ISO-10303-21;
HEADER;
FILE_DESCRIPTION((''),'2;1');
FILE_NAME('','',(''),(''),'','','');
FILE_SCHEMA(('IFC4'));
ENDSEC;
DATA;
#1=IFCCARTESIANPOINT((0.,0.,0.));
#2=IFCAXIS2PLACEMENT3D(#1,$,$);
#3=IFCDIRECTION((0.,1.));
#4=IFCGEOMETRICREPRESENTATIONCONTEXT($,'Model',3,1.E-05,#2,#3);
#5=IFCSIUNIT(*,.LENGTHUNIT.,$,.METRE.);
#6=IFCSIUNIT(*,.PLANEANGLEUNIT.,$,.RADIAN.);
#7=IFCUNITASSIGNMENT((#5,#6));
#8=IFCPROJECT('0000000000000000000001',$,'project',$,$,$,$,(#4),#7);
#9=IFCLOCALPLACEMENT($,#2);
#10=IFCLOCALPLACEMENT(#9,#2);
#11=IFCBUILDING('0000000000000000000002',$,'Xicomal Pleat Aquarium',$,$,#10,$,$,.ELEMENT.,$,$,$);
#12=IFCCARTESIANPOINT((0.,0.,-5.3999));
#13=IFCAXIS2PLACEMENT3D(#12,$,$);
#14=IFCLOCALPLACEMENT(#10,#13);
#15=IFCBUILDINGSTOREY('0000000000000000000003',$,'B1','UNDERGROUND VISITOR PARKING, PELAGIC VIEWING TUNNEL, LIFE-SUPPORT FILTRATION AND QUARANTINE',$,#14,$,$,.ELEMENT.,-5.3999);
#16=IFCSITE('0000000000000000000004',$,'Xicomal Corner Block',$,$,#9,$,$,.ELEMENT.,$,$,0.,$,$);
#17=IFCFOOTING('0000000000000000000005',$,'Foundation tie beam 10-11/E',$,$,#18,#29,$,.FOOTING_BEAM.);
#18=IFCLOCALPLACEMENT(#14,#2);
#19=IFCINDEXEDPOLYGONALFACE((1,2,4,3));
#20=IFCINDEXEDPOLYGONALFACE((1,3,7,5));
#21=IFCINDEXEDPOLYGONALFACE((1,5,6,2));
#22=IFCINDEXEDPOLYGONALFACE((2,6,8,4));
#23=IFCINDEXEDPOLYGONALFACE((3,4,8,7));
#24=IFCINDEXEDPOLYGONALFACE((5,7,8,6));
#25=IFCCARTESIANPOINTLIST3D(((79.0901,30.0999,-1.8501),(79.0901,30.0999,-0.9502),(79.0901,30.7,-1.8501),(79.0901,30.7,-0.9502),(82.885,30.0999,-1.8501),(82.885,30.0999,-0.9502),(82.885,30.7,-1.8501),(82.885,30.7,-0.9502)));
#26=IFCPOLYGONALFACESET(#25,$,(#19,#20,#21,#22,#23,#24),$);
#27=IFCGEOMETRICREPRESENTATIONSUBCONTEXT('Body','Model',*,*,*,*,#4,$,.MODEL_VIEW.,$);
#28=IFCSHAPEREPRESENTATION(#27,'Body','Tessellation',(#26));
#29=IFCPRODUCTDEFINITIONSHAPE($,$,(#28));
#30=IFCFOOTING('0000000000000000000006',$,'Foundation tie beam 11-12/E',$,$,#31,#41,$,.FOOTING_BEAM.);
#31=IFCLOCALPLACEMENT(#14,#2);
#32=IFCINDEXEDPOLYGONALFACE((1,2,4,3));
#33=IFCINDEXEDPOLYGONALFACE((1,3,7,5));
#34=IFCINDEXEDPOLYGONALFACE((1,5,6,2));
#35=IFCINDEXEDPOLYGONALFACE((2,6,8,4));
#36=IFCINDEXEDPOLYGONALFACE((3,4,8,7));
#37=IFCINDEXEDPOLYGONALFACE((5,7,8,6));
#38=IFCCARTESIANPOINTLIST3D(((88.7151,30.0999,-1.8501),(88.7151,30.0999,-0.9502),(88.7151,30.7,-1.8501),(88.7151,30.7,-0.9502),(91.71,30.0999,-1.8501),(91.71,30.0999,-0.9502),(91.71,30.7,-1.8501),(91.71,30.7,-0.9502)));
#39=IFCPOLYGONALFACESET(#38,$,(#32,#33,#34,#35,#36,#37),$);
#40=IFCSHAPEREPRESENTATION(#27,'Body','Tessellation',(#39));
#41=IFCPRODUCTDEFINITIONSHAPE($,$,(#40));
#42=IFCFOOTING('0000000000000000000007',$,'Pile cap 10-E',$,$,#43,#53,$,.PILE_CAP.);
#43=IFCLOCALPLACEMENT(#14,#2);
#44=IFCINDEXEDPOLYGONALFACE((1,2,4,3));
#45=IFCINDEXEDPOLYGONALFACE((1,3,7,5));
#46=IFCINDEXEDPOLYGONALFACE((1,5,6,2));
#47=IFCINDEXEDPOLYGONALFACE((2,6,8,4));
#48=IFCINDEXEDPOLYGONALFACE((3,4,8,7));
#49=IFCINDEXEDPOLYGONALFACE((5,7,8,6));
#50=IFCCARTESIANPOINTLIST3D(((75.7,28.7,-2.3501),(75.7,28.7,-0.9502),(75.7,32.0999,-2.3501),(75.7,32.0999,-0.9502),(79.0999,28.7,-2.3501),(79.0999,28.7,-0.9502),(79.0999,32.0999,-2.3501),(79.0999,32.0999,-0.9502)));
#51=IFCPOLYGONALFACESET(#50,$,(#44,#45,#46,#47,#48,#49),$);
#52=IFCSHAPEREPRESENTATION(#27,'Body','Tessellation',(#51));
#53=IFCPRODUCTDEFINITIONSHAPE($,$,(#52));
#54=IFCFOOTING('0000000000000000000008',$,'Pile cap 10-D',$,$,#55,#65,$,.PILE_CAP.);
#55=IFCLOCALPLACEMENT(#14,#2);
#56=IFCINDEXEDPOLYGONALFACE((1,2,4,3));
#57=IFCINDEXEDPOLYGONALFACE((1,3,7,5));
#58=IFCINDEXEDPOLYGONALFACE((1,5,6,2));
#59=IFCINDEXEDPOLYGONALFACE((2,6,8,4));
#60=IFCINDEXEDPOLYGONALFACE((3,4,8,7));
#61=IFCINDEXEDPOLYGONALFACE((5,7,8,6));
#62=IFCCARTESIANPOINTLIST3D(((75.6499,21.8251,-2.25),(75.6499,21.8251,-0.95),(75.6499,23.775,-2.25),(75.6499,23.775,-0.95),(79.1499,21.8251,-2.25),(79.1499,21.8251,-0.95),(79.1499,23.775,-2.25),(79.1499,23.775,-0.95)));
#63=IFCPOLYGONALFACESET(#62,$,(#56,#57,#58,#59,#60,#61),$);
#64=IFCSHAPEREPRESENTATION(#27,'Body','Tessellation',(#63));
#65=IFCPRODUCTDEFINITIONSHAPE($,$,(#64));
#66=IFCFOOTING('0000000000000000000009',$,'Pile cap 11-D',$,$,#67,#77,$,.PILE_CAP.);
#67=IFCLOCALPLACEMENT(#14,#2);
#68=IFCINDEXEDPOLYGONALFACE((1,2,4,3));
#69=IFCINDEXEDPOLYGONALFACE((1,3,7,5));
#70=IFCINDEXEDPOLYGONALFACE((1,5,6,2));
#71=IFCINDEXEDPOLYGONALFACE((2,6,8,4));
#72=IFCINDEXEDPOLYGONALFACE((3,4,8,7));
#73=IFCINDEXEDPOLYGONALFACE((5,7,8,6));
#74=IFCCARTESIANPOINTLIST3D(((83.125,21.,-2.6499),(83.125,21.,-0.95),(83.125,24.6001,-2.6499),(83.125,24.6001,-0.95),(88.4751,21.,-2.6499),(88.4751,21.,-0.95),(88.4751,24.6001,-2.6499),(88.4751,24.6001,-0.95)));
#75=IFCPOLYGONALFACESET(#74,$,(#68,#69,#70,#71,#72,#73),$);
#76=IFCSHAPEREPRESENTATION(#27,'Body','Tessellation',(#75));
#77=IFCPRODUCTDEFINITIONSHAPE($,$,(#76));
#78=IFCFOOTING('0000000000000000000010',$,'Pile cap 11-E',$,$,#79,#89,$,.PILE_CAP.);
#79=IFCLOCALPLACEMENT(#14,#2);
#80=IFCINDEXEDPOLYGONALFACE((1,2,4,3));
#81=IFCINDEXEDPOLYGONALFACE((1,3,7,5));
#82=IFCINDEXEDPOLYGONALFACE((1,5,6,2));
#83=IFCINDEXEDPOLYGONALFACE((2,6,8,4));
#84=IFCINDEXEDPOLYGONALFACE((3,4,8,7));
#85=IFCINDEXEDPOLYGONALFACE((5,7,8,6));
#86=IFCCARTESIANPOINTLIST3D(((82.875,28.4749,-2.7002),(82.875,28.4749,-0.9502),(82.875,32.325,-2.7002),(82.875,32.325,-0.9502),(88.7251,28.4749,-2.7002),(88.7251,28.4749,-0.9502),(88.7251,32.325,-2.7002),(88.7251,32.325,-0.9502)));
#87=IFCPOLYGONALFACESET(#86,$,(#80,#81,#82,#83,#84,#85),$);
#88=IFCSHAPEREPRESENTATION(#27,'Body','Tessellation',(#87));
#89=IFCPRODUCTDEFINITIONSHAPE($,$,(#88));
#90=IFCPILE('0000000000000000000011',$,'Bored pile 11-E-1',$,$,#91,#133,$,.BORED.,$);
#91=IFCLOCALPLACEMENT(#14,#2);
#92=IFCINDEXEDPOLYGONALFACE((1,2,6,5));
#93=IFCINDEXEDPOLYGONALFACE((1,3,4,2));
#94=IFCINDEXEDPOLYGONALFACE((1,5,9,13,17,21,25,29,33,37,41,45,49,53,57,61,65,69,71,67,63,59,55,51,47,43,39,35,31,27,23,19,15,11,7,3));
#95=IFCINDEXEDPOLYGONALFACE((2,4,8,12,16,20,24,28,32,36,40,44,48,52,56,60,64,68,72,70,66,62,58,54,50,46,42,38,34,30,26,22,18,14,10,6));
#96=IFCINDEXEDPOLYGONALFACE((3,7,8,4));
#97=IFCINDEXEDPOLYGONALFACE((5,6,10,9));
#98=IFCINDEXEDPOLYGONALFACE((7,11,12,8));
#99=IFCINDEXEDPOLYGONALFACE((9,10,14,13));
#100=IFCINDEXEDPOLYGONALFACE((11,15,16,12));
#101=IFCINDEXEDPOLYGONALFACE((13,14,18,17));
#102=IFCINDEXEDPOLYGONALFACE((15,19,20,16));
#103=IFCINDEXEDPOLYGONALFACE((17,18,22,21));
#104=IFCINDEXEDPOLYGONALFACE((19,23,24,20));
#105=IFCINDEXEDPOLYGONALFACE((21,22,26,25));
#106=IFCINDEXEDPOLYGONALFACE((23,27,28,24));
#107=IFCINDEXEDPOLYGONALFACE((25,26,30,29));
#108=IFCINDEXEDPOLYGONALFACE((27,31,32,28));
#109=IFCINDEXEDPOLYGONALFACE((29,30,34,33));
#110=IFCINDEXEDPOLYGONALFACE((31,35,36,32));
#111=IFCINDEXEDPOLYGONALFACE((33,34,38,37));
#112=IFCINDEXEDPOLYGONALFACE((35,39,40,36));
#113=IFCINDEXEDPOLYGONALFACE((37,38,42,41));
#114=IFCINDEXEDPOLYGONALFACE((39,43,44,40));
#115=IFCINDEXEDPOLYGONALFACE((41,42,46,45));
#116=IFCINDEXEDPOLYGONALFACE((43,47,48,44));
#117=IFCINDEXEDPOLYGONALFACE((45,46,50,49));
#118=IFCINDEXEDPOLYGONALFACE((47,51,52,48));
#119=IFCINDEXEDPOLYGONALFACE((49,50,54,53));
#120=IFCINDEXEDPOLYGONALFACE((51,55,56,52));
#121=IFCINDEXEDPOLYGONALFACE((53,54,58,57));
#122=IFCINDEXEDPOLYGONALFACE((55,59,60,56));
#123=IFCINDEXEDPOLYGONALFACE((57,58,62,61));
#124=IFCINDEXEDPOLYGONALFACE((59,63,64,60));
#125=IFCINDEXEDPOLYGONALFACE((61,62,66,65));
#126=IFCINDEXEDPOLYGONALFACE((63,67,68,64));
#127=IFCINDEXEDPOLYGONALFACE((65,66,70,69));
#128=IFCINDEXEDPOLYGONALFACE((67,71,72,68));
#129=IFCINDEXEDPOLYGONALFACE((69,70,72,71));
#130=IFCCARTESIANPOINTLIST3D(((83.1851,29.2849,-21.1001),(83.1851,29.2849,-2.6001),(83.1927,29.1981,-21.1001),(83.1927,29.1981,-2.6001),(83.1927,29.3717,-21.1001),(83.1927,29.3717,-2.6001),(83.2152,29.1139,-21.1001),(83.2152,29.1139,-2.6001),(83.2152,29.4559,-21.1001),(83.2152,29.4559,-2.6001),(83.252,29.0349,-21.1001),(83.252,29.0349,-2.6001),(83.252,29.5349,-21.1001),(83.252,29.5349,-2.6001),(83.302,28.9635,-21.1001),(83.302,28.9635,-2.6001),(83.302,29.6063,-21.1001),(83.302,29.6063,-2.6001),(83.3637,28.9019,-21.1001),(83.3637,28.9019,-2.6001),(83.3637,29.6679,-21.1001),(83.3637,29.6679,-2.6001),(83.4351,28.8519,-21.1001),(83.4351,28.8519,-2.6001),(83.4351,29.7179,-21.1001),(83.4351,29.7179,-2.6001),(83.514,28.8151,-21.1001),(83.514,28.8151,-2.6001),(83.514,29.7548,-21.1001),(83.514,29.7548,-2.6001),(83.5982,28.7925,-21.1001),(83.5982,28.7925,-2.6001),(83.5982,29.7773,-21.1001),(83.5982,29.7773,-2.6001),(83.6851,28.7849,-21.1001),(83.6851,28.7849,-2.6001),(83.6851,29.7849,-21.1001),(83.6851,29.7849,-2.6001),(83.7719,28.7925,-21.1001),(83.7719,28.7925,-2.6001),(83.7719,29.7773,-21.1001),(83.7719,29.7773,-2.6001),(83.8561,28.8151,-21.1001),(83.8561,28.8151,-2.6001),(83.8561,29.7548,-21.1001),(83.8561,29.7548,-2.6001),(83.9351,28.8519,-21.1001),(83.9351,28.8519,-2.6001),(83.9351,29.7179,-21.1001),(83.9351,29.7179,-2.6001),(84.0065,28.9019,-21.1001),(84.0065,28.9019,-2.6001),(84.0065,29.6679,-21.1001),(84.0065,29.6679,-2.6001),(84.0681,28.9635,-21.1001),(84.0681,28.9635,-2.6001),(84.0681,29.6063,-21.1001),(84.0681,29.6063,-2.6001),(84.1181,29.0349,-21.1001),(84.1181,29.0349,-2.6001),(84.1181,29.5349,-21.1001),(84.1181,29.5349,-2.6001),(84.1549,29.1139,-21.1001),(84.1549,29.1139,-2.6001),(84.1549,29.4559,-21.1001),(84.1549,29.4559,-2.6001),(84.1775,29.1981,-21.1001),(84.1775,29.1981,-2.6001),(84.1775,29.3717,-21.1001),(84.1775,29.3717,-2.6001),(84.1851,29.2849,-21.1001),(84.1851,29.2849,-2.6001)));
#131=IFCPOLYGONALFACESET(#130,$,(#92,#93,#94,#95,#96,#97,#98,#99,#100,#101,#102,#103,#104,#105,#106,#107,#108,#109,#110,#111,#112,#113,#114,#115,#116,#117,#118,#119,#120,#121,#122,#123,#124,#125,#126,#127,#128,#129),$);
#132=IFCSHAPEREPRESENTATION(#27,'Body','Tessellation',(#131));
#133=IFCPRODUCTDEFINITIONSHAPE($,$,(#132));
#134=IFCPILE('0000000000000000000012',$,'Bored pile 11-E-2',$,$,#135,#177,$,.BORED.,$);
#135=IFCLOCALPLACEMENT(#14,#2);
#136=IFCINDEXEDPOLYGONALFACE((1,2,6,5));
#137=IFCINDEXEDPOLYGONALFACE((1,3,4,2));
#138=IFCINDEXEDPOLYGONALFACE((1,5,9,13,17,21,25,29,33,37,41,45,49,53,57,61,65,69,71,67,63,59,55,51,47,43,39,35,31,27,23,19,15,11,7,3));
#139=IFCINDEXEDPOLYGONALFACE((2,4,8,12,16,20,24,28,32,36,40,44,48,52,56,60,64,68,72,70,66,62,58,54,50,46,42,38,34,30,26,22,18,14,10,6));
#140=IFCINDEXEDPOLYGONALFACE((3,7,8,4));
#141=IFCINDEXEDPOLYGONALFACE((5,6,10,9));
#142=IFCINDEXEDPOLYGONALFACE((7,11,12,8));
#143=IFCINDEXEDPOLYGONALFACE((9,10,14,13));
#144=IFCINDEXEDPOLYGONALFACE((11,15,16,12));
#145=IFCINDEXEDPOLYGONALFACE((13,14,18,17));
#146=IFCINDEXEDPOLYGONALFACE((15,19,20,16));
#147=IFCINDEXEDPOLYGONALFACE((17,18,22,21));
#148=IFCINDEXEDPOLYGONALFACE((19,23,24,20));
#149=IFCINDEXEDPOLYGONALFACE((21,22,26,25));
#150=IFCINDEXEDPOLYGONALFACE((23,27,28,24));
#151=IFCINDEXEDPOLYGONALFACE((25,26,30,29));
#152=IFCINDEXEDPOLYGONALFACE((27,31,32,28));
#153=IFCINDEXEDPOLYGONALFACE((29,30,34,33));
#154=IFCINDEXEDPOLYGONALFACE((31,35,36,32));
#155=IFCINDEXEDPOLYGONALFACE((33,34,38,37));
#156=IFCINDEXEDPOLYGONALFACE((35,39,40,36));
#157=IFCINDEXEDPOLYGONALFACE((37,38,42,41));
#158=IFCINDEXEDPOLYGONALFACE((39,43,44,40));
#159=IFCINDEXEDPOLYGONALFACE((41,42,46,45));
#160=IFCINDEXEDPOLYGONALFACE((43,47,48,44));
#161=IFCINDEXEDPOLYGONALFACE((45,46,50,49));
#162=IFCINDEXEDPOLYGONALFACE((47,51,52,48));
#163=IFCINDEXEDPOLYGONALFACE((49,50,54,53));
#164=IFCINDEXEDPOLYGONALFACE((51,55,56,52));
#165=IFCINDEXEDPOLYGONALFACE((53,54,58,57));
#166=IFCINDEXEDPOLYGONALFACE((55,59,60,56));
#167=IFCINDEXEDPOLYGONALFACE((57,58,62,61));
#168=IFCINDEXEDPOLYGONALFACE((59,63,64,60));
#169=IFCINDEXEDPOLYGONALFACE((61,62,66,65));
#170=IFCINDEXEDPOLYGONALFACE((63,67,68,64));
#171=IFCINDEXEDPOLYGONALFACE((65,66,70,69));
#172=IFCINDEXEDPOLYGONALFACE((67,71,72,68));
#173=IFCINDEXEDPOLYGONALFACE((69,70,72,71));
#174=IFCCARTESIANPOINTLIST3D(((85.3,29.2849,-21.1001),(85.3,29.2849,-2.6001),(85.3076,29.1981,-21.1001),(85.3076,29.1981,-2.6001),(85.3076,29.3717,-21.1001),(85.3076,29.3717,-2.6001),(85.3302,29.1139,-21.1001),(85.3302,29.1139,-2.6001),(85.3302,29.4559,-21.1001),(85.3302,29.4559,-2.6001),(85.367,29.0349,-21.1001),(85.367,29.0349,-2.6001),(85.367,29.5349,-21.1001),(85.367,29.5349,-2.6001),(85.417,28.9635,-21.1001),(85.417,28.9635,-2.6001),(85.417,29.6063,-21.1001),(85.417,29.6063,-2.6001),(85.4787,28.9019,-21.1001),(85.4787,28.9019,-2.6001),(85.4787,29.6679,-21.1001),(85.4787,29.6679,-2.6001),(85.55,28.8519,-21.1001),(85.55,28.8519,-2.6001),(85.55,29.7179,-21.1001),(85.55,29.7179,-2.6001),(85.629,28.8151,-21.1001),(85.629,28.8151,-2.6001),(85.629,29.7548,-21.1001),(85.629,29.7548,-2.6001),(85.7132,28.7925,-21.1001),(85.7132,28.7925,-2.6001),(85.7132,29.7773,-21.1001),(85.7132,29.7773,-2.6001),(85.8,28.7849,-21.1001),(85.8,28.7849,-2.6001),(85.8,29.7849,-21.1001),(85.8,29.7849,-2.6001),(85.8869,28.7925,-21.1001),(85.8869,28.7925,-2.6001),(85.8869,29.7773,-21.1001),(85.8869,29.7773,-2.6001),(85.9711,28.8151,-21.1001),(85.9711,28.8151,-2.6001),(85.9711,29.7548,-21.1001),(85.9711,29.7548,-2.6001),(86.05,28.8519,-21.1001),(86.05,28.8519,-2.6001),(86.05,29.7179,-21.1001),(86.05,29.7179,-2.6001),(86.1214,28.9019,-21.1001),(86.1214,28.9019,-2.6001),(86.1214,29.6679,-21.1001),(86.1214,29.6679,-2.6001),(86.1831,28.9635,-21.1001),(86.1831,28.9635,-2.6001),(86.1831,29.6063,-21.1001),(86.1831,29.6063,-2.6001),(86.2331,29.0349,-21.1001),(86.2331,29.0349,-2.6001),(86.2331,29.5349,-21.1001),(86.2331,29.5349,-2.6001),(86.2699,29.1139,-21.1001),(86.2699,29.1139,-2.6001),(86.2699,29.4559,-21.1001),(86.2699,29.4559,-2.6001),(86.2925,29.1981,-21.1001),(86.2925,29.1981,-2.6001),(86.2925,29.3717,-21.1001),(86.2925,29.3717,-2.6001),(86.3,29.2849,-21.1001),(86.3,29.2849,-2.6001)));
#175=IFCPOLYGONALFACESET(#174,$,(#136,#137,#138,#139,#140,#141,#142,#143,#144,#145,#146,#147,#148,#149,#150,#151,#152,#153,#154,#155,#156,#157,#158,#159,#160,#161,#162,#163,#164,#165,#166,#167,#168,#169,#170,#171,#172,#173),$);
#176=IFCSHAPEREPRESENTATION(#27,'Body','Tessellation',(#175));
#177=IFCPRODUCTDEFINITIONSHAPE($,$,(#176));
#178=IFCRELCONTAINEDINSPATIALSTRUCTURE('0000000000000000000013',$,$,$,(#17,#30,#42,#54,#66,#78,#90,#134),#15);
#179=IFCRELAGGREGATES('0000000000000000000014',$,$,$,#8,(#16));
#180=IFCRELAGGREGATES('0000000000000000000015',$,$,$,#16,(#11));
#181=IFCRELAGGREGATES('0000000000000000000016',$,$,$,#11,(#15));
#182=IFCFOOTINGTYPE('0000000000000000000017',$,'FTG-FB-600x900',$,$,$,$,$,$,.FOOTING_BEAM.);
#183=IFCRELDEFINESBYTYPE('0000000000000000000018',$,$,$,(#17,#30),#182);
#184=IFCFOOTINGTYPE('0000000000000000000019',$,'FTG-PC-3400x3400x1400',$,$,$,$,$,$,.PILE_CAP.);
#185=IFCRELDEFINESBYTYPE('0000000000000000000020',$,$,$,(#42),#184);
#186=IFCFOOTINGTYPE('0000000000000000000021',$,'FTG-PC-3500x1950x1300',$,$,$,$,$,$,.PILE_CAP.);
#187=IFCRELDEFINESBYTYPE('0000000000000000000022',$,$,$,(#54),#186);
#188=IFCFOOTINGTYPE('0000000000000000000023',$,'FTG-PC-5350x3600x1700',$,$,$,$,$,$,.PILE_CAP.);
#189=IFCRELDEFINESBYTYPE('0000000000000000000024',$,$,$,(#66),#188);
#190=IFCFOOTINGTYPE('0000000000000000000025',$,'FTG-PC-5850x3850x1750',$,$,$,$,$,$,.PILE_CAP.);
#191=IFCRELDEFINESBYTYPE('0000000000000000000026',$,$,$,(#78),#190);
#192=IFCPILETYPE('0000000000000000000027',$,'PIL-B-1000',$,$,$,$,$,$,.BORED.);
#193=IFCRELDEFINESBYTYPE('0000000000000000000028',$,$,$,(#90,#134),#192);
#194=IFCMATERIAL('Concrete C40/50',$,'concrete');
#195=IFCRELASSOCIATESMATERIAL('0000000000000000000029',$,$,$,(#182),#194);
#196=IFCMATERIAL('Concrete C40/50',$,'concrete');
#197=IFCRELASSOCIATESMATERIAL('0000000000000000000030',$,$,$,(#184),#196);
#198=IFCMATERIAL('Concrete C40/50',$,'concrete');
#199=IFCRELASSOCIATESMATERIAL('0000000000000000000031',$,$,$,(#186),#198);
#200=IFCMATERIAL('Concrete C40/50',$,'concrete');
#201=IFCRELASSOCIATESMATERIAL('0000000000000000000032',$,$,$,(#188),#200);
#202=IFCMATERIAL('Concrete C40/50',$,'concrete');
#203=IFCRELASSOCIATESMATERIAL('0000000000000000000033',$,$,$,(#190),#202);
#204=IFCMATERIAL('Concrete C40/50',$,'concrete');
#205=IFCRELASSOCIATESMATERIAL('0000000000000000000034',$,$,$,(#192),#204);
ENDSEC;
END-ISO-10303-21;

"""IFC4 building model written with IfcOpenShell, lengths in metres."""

from ifc_helpers import new_model, si_unit, direction, frame, origin, origin_2d, place, context, subcontext, project, spatial, rectangle, circle, extrude, material, material_profile, profile_set, type_object, element, save


model = new_model("IFC4")

# Units and contexts
model_context = context("Model", 3, precision=1e-05, world=origin(), true_north=direction((0.0, 1.0)))
body_context = subcontext(model_context, "Body", "Model", "MODEL_VIEW")
ifc_project = project(units=[si_unit("LENGTHUNIT", "METRE"), si_unit("PLANEANGLEUNIT", "RADIAN")], contexts=[model_context])

# Site, building, storey
site_placement = place(None, origin())
site = spatial("IfcSite", under=ifc_project, at=site_placement, Name="Xicomal Corner Block", CompositionType="ELEMENT", RefElevation=0.0)
building_placement = place(site_placement, origin())
building = spatial("IfcBuilding", under=site, at=building_placement, Name="Xicomal Pleat Aquarium", CompositionType="ELEMENT")
storey_placement = place(building_placement, frame((0.0, 0.0, -5.3999)))
storey = spatial("IfcBuildingStorey", under=building, at=storey_placement, Name="B1", Description="UNDERGROUND VISITOR PARKING, PELAGIC VIEWING TUNNEL, LIFE-SUPPORT FILTRATION AND QUARANTINE", CompositionType="ELEMENT", Elevation=-5.3999)

# Footings
ifc_material_1 = material(Name="Concrete C40/50", Category="concrete")
ifc_material_profile_1 = material_profile(ifc_material_1, rectangle(XDim=0.6001, YDim=0.8999, at=origin_2d()), Name="FB-02 600x900")
ifc_profile_set_1 = profile_set([ifc_material_profile_1], Name="Concrete C40/50")
footing_type_1 = type_object("IfcFootingType", Name="FTG-FB-600x900", PredefinedType="FOOTING_BEAM", material=ifc_profile_set_1)
footing_1_placement = place(storey_placement, frame((79.0901, 30.3999, -1.4001), z_axis=(1.0, 0.0, 0.0), x_axis=(0.0, 1.0, 0.0)))
element("IfcFooting", 1, at=footing_1_placement, inside=storey, type_object=footing_type_1, Name="Foundation tie beam 10-11/E", PredefinedType="FOOTING_BEAM", context=body_context, shape_type="SweptSolid", body=[
    extrude(rectangle(XDim=0.6001, YDim=0.8999, at=origin_2d()), origin(), (0.0, 0.0, 1.0), 3.7949),
])
footing_2_placement = place(storey_placement, frame((88.7151, 30.3999, -1.4001), z_axis=(1.0, 0.0, 0.0), x_axis=(0.0, 1.0, 0.0)))
element("IfcFooting", 2, at=footing_2_placement, inside=storey, type_object=footing_type_1, Name="Foundation tie beam 11-12/E", PredefinedType="FOOTING_BEAM", context=body_context, shape_type="SweptSolid", body=[
    extrude(rectangle(XDim=0.6001, YDim=0.8999, at=origin_2d()), origin(), (0.0, 0.0, 1.0), 2.9949),
])
ifc_material_2 = material(Name="Concrete C40/50", Category="concrete")
footing_type_2 = type_object("IfcFootingType", Name="FTG-PC-3400x3400x1400", PredefinedType="PILE_CAP", material=ifc_material_2)
footing_3_placement = place(storey_placement, frame((77.3999, 30.3999, -2.3501), z_axis=(0.0, 0.0, 1.0), x_axis=(1.0, 0.0, 0.0)))
element("IfcFooting", 3, at=footing_3_placement, inside=storey, type_object=footing_type_2, Name="Pile cap 10-E", PredefinedType="PILE_CAP", context=body_context, shape_type="SweptSolid", body=[
    extrude(rectangle(XDim=3.3999, YDim=3.3999, at=origin_2d()), origin(), (0.0, 0.0, 1.0), 1.3999),
])
ifc_material_3 = material(Name="Concrete C40/50", Category="concrete")
footing_type_3 = type_object("IfcFootingType", Name="FTG-PC-3500x1950x1300", PredefinedType="PILE_CAP", material=ifc_material_3)
footing_4_placement = place(storey_placement, frame((77.3999, 22.8, -2.25), z_axis=(0.0, 0.0, 1.0), x_axis=(1.0, 0.0, 0.0)))
element("IfcFooting", 4, at=footing_4_placement, inside=storey, type_object=footing_type_3, Name="Pile cap 10-D", PredefinedType="PILE_CAP", context=body_context, shape_type="SweptSolid", body=[
    extrude(rectangle(XDim=3.5, YDim=1.95, at=origin_2d()), origin(), (0.0, 0.0, 1.0), 1.3),
])
ifc_material_4 = material(Name="Concrete C40/50", Category="concrete")
footing_type_4 = type_object("IfcFootingType", Name="FTG-PC-5350x3600x1700", PredefinedType="PILE_CAP", material=ifc_material_4)
footing_5_placement = place(storey_placement, frame((85.8, 22.8, -2.6499), z_axis=(0.0, 0.0, 1.0), x_axis=(1.0, 0.0, 0.0)))
element("IfcFooting", 5, at=footing_5_placement, inside=storey, type_object=footing_type_4, Name="Pile cap 11-D", PredefinedType="PILE_CAP", context=body_context, shape_type="SweptSolid", body=[
    extrude(rectangle(XDim=5.3501, YDim=3.6001, at=origin_2d()), origin(), (0.0, 0.0, 1.0), 1.7),
])
ifc_material_5 = material(Name="Concrete C40/50", Category="concrete")
footing_type_5 = type_object("IfcFootingType", Name="FTG-PC-5850x3850x1750", PredefinedType="PILE_CAP", material=ifc_material_5)
footing_6_placement = place(storey_placement, frame((85.8, 30.3999, -2.7002), z_axis=(0.0, 0.0, 1.0), x_axis=(1.0, 0.0, 0.0)))
element("IfcFooting", 6, at=footing_6_placement, inside=storey, type_object=footing_type_5, Name="Pile cap 11-E", PredefinedType="PILE_CAP", context=body_context, shape_type="SweptSolid", body=[
    extrude(rectangle(XDim=5.8501, YDim=3.8501, at=origin_2d()), origin(), (0.0, 0.0, 1.0), 1.75),
])

# Piles
ifc_material_6 = material(Name="Concrete C40/50", Category="concrete")
ifc_material_profile_2 = material_profile(ifc_material_6, circle(Radius=0.5, at=origin_2d()), Name="BORED PILE D1000")
ifc_profile_set_2 = profile_set([ifc_material_profile_2], Name="Concrete C40/50")
pile_type_1 = type_object("IfcPileType", Name="PIL-B-1000", PredefinedType="BORED", material=ifc_profile_set_2)
for number, where, z_axis, x_axis, name in (
    (7, (83.6851, 29.2849, -2.6001), (0.0, 0.0, -1.0), (1.0, 0.0, 0.0), "Bored pile 11-E-1"),
    (8, (85.8, 29.2849, -2.6001), (0.0, 0.0, -1.0), (1.0, 0.0, 0.0), "Bored pile 11-E-2"),
):
    element("IfcPile", number, at=place(storey_placement, frame(where, z_axis=z_axis, x_axis=x_axis)), inside=storey, type_object=pile_type_1, Name=name, PredefinedType="BORED", context=body_context, shape_type="SweptSolid", body=[
        extrude(circle(Radius=0.5, at=origin_2d()), origin(), (0.0, 0.0, 1.0), 18.5),
    ])

save(model, "model.ifc")
